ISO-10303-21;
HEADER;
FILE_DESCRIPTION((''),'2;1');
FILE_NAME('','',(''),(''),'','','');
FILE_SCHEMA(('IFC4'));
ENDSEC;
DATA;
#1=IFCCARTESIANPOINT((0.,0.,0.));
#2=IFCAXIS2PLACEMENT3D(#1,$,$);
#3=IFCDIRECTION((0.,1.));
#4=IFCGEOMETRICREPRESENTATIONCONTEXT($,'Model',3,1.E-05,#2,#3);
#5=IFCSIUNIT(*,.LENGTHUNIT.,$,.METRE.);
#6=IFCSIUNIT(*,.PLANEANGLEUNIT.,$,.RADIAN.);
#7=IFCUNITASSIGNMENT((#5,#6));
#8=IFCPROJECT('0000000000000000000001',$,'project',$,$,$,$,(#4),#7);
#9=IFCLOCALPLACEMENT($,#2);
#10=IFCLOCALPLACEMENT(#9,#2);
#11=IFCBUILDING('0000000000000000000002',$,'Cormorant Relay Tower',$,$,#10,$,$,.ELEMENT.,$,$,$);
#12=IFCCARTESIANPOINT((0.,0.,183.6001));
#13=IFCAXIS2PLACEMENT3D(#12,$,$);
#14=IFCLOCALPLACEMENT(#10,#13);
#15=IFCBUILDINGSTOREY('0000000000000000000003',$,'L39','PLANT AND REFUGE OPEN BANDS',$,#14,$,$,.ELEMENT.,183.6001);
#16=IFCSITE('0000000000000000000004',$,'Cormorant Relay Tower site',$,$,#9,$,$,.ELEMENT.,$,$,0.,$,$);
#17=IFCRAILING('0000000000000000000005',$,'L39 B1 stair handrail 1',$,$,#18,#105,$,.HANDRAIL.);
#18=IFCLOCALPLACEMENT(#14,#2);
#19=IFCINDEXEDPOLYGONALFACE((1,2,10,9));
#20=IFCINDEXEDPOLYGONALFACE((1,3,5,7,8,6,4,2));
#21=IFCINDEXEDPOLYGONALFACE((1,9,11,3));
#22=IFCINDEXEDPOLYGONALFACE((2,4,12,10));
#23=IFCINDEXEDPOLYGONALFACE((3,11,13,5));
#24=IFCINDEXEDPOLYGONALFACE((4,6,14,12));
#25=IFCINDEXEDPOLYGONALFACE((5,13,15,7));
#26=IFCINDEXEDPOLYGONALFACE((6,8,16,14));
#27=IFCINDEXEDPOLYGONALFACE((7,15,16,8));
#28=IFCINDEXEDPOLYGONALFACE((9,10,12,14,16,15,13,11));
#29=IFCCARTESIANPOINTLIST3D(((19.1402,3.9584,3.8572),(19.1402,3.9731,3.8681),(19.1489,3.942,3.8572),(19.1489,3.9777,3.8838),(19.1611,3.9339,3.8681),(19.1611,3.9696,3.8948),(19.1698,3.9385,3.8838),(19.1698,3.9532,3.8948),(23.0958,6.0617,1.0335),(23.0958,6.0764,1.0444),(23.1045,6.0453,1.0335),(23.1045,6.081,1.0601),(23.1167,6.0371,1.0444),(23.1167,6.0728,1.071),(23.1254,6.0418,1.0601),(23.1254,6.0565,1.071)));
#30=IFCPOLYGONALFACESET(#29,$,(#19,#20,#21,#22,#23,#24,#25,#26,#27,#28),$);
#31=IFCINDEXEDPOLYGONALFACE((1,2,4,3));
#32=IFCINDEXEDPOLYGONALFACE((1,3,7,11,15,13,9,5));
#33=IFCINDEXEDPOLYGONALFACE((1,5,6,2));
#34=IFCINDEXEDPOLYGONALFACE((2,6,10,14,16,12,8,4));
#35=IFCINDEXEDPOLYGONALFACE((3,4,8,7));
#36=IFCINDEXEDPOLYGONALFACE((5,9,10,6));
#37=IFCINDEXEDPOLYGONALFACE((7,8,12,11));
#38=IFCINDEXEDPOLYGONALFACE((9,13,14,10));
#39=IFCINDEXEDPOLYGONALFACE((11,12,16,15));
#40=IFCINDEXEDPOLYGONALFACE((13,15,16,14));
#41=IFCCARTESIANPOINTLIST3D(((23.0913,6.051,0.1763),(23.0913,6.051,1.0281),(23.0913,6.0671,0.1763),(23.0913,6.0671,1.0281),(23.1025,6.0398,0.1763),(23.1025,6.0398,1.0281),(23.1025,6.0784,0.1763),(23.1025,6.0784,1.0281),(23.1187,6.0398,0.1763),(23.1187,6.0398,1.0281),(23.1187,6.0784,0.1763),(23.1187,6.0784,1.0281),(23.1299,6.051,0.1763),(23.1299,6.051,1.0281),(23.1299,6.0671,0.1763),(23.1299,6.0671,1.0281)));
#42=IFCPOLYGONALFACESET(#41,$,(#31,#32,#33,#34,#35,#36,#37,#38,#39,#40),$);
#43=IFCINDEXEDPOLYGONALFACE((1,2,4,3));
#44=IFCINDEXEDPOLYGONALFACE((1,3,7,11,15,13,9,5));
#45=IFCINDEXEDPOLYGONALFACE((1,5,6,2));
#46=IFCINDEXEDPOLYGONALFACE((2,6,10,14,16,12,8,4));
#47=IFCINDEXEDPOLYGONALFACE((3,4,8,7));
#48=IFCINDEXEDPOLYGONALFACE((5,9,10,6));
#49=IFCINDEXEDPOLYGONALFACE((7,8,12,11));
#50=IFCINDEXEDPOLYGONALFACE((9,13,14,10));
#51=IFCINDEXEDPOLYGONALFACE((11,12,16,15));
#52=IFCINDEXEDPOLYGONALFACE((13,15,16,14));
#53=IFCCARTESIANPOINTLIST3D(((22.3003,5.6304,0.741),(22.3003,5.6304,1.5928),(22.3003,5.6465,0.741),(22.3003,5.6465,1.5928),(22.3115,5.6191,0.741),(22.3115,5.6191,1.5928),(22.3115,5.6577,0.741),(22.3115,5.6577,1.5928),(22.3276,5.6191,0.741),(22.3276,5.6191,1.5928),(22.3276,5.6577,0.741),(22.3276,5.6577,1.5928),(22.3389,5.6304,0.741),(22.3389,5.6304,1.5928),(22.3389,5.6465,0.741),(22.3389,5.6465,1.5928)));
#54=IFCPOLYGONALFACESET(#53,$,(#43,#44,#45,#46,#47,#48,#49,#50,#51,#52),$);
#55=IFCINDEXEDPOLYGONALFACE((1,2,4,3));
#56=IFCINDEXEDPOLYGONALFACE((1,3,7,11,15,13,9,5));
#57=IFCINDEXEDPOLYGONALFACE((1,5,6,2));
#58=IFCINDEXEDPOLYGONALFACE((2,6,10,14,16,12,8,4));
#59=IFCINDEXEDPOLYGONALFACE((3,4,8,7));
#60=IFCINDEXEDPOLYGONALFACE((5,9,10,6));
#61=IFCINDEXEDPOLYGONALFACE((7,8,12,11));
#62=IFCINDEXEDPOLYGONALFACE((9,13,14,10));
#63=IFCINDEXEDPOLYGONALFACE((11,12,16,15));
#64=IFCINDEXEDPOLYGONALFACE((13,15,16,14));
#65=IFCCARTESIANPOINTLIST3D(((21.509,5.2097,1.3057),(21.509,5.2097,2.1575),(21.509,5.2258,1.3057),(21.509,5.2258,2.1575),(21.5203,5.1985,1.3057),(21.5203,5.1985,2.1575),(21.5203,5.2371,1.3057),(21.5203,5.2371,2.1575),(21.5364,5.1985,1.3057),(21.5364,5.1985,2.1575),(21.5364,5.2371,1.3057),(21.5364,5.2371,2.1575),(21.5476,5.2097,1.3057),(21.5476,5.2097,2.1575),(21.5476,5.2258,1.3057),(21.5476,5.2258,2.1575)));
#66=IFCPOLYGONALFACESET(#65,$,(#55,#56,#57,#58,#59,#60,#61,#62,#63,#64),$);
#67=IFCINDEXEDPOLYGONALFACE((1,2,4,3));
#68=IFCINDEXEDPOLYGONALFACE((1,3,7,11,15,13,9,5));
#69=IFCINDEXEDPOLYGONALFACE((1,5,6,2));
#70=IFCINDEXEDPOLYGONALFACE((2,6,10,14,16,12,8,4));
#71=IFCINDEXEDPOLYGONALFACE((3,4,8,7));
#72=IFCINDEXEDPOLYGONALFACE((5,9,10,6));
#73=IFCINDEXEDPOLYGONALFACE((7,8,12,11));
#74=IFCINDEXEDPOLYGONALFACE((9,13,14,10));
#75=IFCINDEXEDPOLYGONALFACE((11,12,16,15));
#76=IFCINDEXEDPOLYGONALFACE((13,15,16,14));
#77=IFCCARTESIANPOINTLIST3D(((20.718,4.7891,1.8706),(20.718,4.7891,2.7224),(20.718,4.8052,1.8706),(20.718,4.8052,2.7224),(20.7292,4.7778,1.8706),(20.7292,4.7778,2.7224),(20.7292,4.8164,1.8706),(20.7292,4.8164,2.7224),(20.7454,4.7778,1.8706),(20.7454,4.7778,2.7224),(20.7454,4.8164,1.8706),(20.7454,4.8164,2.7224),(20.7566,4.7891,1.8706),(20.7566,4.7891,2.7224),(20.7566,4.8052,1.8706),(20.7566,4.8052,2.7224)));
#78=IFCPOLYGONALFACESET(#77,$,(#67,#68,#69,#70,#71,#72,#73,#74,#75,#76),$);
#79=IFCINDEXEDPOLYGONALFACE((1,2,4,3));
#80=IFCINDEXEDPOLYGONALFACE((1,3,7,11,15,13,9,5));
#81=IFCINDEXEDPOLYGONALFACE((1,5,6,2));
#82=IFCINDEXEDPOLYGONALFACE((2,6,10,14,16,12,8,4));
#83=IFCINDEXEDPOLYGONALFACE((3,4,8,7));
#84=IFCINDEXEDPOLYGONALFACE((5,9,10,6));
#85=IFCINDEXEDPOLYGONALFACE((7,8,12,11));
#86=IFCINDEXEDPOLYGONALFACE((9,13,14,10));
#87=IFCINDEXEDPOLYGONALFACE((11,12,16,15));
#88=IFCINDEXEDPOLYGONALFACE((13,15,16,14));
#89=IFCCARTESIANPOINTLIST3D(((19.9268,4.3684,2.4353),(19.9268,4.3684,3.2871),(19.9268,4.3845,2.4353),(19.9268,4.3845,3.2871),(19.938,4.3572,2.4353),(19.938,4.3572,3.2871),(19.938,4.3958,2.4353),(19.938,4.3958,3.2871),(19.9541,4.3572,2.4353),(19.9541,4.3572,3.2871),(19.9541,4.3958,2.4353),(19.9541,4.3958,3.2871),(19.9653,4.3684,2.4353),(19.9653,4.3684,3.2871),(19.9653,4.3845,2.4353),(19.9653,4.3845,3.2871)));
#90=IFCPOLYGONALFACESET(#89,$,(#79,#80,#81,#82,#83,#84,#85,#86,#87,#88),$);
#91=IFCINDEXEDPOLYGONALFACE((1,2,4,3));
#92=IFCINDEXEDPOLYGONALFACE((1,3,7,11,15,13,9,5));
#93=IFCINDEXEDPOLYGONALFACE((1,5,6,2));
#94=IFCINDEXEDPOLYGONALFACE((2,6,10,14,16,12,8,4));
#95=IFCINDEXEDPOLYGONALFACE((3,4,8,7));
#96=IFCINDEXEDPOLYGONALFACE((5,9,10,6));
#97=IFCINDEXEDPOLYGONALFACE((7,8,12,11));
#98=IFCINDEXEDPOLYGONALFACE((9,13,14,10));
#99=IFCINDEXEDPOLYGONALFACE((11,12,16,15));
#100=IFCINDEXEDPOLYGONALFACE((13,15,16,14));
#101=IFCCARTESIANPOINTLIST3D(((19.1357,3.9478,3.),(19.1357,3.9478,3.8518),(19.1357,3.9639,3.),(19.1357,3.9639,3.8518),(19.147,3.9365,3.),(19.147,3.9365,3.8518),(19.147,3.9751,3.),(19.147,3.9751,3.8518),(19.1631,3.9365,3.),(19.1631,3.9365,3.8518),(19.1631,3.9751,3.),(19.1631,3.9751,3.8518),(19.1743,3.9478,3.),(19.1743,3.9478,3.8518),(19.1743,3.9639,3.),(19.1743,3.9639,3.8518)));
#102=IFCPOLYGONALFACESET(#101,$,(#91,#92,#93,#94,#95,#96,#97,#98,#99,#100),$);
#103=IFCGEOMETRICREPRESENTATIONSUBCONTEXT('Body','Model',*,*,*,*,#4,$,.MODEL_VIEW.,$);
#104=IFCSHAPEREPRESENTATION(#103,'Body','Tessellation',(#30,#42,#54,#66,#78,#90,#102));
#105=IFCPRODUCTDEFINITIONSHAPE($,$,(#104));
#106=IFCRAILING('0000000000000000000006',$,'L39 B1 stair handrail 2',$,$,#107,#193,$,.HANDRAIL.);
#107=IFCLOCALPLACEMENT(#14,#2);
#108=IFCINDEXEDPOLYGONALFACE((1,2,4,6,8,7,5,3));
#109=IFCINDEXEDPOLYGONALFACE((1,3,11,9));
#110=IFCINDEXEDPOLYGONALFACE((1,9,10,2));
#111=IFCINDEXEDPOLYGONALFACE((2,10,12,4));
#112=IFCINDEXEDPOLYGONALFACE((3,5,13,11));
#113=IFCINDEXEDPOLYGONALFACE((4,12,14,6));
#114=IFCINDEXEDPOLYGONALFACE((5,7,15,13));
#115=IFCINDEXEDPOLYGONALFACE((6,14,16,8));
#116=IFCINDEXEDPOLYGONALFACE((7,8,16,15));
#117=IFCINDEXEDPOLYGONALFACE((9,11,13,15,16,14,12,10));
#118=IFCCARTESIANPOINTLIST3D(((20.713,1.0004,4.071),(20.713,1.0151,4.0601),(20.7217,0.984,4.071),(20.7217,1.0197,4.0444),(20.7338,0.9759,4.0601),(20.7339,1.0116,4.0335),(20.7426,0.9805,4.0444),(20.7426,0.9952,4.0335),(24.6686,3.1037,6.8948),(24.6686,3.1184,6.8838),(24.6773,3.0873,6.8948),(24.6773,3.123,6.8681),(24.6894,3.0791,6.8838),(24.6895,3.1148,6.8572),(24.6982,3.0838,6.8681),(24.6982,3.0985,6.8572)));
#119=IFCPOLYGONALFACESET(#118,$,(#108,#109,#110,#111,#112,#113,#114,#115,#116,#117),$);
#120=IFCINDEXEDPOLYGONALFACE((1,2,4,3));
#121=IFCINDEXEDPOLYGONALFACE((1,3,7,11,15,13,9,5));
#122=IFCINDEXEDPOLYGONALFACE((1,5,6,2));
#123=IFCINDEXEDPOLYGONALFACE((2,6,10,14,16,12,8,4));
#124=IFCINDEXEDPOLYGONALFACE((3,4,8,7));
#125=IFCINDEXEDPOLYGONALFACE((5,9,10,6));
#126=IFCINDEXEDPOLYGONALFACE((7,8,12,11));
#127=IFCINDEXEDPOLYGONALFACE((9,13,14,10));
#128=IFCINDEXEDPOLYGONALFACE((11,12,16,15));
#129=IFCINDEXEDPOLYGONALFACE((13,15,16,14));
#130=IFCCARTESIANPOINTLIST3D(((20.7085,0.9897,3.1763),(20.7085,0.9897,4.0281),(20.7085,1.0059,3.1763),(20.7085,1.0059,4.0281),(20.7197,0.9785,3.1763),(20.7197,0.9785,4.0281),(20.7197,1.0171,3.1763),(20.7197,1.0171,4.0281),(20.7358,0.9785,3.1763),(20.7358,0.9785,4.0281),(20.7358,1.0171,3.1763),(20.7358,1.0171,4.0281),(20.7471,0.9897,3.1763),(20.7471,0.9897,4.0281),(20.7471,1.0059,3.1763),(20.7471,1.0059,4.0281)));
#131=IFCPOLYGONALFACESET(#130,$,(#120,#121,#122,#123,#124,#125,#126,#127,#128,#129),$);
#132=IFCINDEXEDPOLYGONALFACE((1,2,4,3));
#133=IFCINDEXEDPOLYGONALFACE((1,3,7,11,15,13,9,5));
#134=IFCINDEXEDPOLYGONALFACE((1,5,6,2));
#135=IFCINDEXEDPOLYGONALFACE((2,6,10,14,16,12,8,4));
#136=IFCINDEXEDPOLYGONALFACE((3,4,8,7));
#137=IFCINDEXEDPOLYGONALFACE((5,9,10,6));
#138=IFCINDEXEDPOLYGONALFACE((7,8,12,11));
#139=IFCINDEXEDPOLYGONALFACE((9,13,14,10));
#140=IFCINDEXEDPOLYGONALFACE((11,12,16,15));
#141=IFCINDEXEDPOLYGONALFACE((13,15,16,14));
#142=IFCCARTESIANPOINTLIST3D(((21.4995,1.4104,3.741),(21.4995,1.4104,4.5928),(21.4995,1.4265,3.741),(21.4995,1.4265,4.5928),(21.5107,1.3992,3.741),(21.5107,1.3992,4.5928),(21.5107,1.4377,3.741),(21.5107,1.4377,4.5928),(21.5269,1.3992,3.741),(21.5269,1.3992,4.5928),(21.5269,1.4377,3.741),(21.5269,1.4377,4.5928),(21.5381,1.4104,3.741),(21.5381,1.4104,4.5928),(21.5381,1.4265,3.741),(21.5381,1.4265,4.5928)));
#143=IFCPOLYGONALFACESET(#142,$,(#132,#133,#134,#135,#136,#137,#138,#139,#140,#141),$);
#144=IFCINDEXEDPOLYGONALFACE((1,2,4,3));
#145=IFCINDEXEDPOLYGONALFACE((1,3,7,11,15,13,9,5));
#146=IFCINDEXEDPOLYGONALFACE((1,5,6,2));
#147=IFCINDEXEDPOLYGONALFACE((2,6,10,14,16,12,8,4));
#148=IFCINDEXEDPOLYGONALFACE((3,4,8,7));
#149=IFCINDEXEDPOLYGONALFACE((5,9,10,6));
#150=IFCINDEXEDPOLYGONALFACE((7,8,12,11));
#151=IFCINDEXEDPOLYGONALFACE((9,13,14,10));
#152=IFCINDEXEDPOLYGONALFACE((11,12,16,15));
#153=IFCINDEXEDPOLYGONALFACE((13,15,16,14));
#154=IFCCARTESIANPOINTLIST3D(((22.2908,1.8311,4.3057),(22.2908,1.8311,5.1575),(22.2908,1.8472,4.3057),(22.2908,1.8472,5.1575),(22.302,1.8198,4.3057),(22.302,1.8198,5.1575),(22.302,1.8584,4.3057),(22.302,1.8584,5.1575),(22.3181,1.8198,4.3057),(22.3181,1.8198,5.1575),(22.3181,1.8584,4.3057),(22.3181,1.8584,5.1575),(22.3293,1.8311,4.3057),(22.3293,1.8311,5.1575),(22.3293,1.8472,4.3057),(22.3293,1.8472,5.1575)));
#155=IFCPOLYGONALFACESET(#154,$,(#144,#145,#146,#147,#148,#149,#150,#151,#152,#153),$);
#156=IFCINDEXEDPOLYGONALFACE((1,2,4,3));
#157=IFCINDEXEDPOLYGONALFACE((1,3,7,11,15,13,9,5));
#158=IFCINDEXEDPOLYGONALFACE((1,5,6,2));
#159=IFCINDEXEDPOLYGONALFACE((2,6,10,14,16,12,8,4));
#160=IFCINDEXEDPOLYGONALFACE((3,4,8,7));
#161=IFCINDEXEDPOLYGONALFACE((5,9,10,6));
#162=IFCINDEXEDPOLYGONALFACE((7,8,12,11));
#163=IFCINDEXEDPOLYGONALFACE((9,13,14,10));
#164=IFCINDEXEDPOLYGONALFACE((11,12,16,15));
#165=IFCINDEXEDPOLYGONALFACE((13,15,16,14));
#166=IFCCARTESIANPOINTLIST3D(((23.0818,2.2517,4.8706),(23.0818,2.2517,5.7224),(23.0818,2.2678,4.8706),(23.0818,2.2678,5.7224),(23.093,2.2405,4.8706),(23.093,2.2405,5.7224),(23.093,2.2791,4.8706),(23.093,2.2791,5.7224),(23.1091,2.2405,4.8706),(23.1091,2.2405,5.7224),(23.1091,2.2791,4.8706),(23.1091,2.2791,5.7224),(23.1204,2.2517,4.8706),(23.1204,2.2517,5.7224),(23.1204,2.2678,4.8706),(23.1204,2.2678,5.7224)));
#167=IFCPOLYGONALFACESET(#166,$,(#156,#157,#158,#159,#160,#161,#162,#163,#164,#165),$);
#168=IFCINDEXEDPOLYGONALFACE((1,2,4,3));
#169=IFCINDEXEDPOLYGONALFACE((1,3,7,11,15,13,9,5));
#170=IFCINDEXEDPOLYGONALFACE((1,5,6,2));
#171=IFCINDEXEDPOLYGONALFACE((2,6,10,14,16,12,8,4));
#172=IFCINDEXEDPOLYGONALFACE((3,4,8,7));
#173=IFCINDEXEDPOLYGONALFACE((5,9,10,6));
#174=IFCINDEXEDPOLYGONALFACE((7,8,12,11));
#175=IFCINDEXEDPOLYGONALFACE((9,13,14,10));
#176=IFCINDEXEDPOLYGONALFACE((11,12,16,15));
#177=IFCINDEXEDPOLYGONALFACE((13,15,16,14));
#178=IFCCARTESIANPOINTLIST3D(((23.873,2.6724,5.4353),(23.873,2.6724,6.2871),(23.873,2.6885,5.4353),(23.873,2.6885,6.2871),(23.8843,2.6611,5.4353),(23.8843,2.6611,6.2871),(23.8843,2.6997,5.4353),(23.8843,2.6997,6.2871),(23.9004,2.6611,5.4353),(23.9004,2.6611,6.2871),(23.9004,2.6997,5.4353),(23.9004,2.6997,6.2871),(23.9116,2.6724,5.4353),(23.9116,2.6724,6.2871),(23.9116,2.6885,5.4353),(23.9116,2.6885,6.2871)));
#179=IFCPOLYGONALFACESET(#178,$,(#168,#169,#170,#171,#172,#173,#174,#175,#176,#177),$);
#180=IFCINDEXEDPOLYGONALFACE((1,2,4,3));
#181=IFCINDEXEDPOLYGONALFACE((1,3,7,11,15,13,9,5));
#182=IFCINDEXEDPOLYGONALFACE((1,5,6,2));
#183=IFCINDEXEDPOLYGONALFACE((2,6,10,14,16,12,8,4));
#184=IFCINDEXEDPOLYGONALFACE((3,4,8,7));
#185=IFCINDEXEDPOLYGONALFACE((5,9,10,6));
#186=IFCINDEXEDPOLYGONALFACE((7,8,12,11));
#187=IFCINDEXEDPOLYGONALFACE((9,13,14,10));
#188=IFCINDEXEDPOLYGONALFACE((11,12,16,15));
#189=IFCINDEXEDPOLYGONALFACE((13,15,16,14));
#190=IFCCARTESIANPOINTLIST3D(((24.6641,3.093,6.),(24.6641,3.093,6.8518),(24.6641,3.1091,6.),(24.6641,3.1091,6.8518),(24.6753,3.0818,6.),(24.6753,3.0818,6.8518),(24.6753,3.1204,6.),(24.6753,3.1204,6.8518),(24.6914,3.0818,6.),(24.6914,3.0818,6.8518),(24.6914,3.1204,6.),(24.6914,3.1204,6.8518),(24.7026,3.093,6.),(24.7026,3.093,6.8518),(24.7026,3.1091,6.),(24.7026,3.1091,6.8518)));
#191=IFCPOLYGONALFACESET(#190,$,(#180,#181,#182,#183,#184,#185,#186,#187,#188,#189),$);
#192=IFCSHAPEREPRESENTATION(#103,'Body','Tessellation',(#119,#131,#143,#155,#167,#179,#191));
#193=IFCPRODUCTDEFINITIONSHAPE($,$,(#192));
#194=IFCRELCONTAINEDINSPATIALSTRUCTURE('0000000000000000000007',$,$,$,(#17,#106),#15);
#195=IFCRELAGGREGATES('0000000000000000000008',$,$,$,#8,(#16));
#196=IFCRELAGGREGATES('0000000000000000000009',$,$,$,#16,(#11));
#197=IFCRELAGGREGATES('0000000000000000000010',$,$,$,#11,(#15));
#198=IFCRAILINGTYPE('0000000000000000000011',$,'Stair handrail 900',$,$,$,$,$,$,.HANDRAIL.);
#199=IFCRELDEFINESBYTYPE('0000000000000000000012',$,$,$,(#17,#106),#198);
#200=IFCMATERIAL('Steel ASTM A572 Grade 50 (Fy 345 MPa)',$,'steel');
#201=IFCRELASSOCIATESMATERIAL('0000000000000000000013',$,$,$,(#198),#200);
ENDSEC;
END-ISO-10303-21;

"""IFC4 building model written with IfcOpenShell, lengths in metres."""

from ifc_helpers import new_model, si_unit, direction, frame, origin, place, context, subcontext, project, spatial, polyline, outline, extrude, material, type_object, element, save


model = new_model("IFC4")

# Units and contexts
model_context = context("Model", 3, precision=1e-05, world=origin(), true_north=direction((0.0, 1.0)))
body_context = subcontext(model_context, "Body", "Model", "MODEL_VIEW")
ifc_project = project(units=[si_unit("LENGTHUNIT", "METRE"), si_unit("PLANEANGLEUNIT", "RADIAN")], contexts=[model_context])

# Site, building, storey
site_placement = place(None, origin())
site = spatial("IfcSite", under=ifc_project, at=site_placement, Name="Cormorant Relay Tower site", CompositionType="ELEMENT", RefElevation=0.0)
building_placement = place(site_placement, origin())
building = spatial("IfcBuilding", under=site, at=building_placement, Name="Cormorant Relay Tower", CompositionType="ELEMENT")
storey_placement = place(building_placement, frame((0.0, 0.0, 183.6001)))
storey = spatial("IfcBuildingStorey", under=building, at=storey_placement, Name="L39", Description="PLANT AND REFUGE OPEN BANDS", CompositionType="ELEMENT", Elevation=183.6001)

# Railings
ifc_material_1 = material(Name="Steel ASTM A572 Grade 50 (Fy 345 MPa)", Category="steel")
railing_type_1 = type_object("IfcRailingType", Name="Stair handrail 900", PredefinedType="HANDRAIL", material=ifc_material_1)
railing_1_placement = place(storey_placement, frame((23.1106, 6.0591, 0.1763)))
element("IfcRailing", 1, at=railing_1_placement, inside=storey, type_object=railing_type_1, Name="L39 B1 stair handrail 1", PredefinedType="HANDRAIL", context=body_context, shape_type="SweptSolid", body=[
    extrude(outline(polyline([(0.0222, 0.0093), (0.0093, 0.0222), (-0.0093, 0.0222), (-0.0222, 0.0093), (-0.0222, -0.0093), (-0.0093, -0.0222), (0.0093, -0.0222), (0.0222, -0.0093), (0.0222, 0.0093)])), frame((0.0, 0.0, 0.876), z_axis=(-0.746949, -0.397171, 0.533219), x_axis=(0.469482, -0.882942, 0.0)), (0.0, 0.0, 1.0), 5.2957),
    extrude(outline(polyline([(0.0193, 0.0081), (0.0081, 0.0193), (-0.0081, 0.0193), (-0.0193, 0.0081), (-0.0193, -0.0081), (-0.0081, -0.0193), (0.0081, -0.0193), (0.0193, -0.0081), (0.0193, 0.0081)])), origin(), (0.0, 0.0, 1.0), 0.8518),
    extrude(outline(polyline([(0.0193, 0.0081), (0.0081, 0.0193), (-0.0081, 0.0193), (-0.0193, 0.0081), (-0.0193, -0.0081), (-0.0081, -0.0193), (0.0081, -0.0193), (0.0193, -0.0081), (0.0193, 0.0081)])), frame((-0.791, -0.4207, 0.5647)), (0.0, 0.0, 1.0), 0.8518),
    extrude(outline(polyline([(0.0193, 0.0081), (0.0081, 0.0193), (-0.0081, 0.0193), (-0.0193, 0.0081), (-0.0193, -0.0081), (-0.0081, -0.0193), (0.0081, -0.0193), (0.0193, -0.0081), (0.0193, 0.0081)])), frame((-1.5823, -0.8413, 1.1294)), (0.0, 0.0, 1.0), 0.8518),
    extrude(outline(polyline([(0.0193, 0.0081), (0.0081, 0.0193), (-0.0081, 0.0193), (-0.0193, 0.0081), (-0.0193, -0.0081), (-0.0081, -0.0193), (0.0081, -0.0193), (0.0193, -0.0081), (0.0193, 0.0081)])), frame((-2.3733, -1.262, 1.6943)), (0.0, 0.0, 1.0), 0.8518),
    extrude(outline(polyline([(0.0193, 0.0081), (0.0081, 0.0193), (-0.0081, 0.0193), (-0.0193, 0.0081), (-0.0193, -0.0081), (-0.0081, -0.0193), (0.0081, -0.0193), (0.0193, -0.0081), (0.0193, 0.0081)])), frame((-3.1646, -1.6826, 2.259)), (0.0, 0.0, 1.0), 0.8518),
    extrude(outline(polyline([(0.0193, 0.0081), (0.0081, 0.0193), (-0.0081, 0.0193), (-0.0193, 0.0081), (-0.0193, -0.0081), (-0.0081, -0.0193), (0.0081, -0.0193), (0.0193, -0.0081), (0.0193, 0.0081)])), frame((-3.9556, -2.1033, 2.8237)), (0.0, 0.0, 1.0), 0.8518),
])
railing_2_placement = place(storey_placement, frame((20.7278, 0.9978, 3.1763)))
element("IfcRailing", 2, at=railing_2_placement, inside=storey, type_object=railing_type_1, Name="L39 B1 stair handrail 2", PredefinedType="HANDRAIL", context=body_context, shape_type="SweptSolid", body=[
    extrude(outline(polyline([(0.0222, 0.0093), (0.0093, 0.0222), (-0.0093, 0.0222), (-0.0222, 0.0093), (-0.0222, -0.0093), (-0.0093, -0.0222), (0.0093, -0.0222), (0.0222, -0.0093), (0.0222, 0.0093)])), frame((0.0, 0.0, 0.876), z_axis=(0.746949, 0.397171, 0.533219), x_axis=(-0.469482, 0.882942, 0.0)), (0.0, 0.0, 1.0), 5.2957),
    extrude(outline(polyline([(0.0193, 0.0081), (0.0081, 0.0193), (-0.0081, 0.0193), (-0.0193, 0.0081), (-0.0193, -0.0081), (-0.0081, -0.0193), (0.0081, -0.0193), (0.0193, -0.0081), (0.0193, 0.0081)])), origin(), (0.0, 0.0, 1.0), 0.8518),
    extrude(outline(polyline([(0.0193, 0.0081), (0.0081, 0.0193), (-0.0081, 0.0193), (-0.0193, 0.0081), (-0.0193, -0.0081), (-0.0081, -0.0193), (0.0081, -0.0193), (0.0193, -0.0081), (0.0193, 0.0081)])), frame((0.791, 0.4207, 0.5647)), (0.0, 0.0, 1.0), 0.8518),
    extrude(outline(polyline([(0.0193, 0.0081), (0.0081, 0.0193), (-0.0081, 0.0193), (-0.0193, 0.0081), (-0.0193, -0.0081), (-0.0081, -0.0193), (0.0081, -0.0193), (0.0193, -0.0081), (0.0193, 0.0081)])), frame((1.5823, 0.8413, 1.1294)), (0.0, 0.0, 1.0), 0.8518),
    extrude(outline(polyline([(0.0193, 0.0081), (0.0081, 0.0193), (-0.0081, 0.0193), (-0.0193, 0.0081), (-0.0193, -0.0081), (-0.0081, -0.0193), (0.0081, -0.0193), (0.0193, -0.0081), (0.0193, 0.0081)])), frame((2.3733, 1.262, 1.6943)), (0.0, 0.0, 1.0), 0.8518),
    extrude(outline(polyline([(0.0193, 0.0081), (0.0081, 0.0193), (-0.0081, 0.0193), (-0.0193, 0.0081), (-0.0193, -0.0081), (-0.0081, -0.0193), (0.0081, -0.0193), (0.0193, -0.0081), (0.0193, 0.0081)])), frame((3.1646, 1.6826, 2.259)), (0.0, 0.0, 1.0), 0.8518),
    extrude(outline(polyline([(0.0193, 0.0081), (0.0081, 0.0193), (-0.0081, 0.0193), (-0.0193, 0.0081), (-0.0193, -0.0081), (-0.0081, -0.0193), (0.0081, -0.0193), (0.0193, -0.0081), (0.0193, 0.0081)])), frame((3.9556, 2.1033, 2.8237)), (0.0, 0.0, 1.0), 0.8518),
])

save(model, "model.ifc")
